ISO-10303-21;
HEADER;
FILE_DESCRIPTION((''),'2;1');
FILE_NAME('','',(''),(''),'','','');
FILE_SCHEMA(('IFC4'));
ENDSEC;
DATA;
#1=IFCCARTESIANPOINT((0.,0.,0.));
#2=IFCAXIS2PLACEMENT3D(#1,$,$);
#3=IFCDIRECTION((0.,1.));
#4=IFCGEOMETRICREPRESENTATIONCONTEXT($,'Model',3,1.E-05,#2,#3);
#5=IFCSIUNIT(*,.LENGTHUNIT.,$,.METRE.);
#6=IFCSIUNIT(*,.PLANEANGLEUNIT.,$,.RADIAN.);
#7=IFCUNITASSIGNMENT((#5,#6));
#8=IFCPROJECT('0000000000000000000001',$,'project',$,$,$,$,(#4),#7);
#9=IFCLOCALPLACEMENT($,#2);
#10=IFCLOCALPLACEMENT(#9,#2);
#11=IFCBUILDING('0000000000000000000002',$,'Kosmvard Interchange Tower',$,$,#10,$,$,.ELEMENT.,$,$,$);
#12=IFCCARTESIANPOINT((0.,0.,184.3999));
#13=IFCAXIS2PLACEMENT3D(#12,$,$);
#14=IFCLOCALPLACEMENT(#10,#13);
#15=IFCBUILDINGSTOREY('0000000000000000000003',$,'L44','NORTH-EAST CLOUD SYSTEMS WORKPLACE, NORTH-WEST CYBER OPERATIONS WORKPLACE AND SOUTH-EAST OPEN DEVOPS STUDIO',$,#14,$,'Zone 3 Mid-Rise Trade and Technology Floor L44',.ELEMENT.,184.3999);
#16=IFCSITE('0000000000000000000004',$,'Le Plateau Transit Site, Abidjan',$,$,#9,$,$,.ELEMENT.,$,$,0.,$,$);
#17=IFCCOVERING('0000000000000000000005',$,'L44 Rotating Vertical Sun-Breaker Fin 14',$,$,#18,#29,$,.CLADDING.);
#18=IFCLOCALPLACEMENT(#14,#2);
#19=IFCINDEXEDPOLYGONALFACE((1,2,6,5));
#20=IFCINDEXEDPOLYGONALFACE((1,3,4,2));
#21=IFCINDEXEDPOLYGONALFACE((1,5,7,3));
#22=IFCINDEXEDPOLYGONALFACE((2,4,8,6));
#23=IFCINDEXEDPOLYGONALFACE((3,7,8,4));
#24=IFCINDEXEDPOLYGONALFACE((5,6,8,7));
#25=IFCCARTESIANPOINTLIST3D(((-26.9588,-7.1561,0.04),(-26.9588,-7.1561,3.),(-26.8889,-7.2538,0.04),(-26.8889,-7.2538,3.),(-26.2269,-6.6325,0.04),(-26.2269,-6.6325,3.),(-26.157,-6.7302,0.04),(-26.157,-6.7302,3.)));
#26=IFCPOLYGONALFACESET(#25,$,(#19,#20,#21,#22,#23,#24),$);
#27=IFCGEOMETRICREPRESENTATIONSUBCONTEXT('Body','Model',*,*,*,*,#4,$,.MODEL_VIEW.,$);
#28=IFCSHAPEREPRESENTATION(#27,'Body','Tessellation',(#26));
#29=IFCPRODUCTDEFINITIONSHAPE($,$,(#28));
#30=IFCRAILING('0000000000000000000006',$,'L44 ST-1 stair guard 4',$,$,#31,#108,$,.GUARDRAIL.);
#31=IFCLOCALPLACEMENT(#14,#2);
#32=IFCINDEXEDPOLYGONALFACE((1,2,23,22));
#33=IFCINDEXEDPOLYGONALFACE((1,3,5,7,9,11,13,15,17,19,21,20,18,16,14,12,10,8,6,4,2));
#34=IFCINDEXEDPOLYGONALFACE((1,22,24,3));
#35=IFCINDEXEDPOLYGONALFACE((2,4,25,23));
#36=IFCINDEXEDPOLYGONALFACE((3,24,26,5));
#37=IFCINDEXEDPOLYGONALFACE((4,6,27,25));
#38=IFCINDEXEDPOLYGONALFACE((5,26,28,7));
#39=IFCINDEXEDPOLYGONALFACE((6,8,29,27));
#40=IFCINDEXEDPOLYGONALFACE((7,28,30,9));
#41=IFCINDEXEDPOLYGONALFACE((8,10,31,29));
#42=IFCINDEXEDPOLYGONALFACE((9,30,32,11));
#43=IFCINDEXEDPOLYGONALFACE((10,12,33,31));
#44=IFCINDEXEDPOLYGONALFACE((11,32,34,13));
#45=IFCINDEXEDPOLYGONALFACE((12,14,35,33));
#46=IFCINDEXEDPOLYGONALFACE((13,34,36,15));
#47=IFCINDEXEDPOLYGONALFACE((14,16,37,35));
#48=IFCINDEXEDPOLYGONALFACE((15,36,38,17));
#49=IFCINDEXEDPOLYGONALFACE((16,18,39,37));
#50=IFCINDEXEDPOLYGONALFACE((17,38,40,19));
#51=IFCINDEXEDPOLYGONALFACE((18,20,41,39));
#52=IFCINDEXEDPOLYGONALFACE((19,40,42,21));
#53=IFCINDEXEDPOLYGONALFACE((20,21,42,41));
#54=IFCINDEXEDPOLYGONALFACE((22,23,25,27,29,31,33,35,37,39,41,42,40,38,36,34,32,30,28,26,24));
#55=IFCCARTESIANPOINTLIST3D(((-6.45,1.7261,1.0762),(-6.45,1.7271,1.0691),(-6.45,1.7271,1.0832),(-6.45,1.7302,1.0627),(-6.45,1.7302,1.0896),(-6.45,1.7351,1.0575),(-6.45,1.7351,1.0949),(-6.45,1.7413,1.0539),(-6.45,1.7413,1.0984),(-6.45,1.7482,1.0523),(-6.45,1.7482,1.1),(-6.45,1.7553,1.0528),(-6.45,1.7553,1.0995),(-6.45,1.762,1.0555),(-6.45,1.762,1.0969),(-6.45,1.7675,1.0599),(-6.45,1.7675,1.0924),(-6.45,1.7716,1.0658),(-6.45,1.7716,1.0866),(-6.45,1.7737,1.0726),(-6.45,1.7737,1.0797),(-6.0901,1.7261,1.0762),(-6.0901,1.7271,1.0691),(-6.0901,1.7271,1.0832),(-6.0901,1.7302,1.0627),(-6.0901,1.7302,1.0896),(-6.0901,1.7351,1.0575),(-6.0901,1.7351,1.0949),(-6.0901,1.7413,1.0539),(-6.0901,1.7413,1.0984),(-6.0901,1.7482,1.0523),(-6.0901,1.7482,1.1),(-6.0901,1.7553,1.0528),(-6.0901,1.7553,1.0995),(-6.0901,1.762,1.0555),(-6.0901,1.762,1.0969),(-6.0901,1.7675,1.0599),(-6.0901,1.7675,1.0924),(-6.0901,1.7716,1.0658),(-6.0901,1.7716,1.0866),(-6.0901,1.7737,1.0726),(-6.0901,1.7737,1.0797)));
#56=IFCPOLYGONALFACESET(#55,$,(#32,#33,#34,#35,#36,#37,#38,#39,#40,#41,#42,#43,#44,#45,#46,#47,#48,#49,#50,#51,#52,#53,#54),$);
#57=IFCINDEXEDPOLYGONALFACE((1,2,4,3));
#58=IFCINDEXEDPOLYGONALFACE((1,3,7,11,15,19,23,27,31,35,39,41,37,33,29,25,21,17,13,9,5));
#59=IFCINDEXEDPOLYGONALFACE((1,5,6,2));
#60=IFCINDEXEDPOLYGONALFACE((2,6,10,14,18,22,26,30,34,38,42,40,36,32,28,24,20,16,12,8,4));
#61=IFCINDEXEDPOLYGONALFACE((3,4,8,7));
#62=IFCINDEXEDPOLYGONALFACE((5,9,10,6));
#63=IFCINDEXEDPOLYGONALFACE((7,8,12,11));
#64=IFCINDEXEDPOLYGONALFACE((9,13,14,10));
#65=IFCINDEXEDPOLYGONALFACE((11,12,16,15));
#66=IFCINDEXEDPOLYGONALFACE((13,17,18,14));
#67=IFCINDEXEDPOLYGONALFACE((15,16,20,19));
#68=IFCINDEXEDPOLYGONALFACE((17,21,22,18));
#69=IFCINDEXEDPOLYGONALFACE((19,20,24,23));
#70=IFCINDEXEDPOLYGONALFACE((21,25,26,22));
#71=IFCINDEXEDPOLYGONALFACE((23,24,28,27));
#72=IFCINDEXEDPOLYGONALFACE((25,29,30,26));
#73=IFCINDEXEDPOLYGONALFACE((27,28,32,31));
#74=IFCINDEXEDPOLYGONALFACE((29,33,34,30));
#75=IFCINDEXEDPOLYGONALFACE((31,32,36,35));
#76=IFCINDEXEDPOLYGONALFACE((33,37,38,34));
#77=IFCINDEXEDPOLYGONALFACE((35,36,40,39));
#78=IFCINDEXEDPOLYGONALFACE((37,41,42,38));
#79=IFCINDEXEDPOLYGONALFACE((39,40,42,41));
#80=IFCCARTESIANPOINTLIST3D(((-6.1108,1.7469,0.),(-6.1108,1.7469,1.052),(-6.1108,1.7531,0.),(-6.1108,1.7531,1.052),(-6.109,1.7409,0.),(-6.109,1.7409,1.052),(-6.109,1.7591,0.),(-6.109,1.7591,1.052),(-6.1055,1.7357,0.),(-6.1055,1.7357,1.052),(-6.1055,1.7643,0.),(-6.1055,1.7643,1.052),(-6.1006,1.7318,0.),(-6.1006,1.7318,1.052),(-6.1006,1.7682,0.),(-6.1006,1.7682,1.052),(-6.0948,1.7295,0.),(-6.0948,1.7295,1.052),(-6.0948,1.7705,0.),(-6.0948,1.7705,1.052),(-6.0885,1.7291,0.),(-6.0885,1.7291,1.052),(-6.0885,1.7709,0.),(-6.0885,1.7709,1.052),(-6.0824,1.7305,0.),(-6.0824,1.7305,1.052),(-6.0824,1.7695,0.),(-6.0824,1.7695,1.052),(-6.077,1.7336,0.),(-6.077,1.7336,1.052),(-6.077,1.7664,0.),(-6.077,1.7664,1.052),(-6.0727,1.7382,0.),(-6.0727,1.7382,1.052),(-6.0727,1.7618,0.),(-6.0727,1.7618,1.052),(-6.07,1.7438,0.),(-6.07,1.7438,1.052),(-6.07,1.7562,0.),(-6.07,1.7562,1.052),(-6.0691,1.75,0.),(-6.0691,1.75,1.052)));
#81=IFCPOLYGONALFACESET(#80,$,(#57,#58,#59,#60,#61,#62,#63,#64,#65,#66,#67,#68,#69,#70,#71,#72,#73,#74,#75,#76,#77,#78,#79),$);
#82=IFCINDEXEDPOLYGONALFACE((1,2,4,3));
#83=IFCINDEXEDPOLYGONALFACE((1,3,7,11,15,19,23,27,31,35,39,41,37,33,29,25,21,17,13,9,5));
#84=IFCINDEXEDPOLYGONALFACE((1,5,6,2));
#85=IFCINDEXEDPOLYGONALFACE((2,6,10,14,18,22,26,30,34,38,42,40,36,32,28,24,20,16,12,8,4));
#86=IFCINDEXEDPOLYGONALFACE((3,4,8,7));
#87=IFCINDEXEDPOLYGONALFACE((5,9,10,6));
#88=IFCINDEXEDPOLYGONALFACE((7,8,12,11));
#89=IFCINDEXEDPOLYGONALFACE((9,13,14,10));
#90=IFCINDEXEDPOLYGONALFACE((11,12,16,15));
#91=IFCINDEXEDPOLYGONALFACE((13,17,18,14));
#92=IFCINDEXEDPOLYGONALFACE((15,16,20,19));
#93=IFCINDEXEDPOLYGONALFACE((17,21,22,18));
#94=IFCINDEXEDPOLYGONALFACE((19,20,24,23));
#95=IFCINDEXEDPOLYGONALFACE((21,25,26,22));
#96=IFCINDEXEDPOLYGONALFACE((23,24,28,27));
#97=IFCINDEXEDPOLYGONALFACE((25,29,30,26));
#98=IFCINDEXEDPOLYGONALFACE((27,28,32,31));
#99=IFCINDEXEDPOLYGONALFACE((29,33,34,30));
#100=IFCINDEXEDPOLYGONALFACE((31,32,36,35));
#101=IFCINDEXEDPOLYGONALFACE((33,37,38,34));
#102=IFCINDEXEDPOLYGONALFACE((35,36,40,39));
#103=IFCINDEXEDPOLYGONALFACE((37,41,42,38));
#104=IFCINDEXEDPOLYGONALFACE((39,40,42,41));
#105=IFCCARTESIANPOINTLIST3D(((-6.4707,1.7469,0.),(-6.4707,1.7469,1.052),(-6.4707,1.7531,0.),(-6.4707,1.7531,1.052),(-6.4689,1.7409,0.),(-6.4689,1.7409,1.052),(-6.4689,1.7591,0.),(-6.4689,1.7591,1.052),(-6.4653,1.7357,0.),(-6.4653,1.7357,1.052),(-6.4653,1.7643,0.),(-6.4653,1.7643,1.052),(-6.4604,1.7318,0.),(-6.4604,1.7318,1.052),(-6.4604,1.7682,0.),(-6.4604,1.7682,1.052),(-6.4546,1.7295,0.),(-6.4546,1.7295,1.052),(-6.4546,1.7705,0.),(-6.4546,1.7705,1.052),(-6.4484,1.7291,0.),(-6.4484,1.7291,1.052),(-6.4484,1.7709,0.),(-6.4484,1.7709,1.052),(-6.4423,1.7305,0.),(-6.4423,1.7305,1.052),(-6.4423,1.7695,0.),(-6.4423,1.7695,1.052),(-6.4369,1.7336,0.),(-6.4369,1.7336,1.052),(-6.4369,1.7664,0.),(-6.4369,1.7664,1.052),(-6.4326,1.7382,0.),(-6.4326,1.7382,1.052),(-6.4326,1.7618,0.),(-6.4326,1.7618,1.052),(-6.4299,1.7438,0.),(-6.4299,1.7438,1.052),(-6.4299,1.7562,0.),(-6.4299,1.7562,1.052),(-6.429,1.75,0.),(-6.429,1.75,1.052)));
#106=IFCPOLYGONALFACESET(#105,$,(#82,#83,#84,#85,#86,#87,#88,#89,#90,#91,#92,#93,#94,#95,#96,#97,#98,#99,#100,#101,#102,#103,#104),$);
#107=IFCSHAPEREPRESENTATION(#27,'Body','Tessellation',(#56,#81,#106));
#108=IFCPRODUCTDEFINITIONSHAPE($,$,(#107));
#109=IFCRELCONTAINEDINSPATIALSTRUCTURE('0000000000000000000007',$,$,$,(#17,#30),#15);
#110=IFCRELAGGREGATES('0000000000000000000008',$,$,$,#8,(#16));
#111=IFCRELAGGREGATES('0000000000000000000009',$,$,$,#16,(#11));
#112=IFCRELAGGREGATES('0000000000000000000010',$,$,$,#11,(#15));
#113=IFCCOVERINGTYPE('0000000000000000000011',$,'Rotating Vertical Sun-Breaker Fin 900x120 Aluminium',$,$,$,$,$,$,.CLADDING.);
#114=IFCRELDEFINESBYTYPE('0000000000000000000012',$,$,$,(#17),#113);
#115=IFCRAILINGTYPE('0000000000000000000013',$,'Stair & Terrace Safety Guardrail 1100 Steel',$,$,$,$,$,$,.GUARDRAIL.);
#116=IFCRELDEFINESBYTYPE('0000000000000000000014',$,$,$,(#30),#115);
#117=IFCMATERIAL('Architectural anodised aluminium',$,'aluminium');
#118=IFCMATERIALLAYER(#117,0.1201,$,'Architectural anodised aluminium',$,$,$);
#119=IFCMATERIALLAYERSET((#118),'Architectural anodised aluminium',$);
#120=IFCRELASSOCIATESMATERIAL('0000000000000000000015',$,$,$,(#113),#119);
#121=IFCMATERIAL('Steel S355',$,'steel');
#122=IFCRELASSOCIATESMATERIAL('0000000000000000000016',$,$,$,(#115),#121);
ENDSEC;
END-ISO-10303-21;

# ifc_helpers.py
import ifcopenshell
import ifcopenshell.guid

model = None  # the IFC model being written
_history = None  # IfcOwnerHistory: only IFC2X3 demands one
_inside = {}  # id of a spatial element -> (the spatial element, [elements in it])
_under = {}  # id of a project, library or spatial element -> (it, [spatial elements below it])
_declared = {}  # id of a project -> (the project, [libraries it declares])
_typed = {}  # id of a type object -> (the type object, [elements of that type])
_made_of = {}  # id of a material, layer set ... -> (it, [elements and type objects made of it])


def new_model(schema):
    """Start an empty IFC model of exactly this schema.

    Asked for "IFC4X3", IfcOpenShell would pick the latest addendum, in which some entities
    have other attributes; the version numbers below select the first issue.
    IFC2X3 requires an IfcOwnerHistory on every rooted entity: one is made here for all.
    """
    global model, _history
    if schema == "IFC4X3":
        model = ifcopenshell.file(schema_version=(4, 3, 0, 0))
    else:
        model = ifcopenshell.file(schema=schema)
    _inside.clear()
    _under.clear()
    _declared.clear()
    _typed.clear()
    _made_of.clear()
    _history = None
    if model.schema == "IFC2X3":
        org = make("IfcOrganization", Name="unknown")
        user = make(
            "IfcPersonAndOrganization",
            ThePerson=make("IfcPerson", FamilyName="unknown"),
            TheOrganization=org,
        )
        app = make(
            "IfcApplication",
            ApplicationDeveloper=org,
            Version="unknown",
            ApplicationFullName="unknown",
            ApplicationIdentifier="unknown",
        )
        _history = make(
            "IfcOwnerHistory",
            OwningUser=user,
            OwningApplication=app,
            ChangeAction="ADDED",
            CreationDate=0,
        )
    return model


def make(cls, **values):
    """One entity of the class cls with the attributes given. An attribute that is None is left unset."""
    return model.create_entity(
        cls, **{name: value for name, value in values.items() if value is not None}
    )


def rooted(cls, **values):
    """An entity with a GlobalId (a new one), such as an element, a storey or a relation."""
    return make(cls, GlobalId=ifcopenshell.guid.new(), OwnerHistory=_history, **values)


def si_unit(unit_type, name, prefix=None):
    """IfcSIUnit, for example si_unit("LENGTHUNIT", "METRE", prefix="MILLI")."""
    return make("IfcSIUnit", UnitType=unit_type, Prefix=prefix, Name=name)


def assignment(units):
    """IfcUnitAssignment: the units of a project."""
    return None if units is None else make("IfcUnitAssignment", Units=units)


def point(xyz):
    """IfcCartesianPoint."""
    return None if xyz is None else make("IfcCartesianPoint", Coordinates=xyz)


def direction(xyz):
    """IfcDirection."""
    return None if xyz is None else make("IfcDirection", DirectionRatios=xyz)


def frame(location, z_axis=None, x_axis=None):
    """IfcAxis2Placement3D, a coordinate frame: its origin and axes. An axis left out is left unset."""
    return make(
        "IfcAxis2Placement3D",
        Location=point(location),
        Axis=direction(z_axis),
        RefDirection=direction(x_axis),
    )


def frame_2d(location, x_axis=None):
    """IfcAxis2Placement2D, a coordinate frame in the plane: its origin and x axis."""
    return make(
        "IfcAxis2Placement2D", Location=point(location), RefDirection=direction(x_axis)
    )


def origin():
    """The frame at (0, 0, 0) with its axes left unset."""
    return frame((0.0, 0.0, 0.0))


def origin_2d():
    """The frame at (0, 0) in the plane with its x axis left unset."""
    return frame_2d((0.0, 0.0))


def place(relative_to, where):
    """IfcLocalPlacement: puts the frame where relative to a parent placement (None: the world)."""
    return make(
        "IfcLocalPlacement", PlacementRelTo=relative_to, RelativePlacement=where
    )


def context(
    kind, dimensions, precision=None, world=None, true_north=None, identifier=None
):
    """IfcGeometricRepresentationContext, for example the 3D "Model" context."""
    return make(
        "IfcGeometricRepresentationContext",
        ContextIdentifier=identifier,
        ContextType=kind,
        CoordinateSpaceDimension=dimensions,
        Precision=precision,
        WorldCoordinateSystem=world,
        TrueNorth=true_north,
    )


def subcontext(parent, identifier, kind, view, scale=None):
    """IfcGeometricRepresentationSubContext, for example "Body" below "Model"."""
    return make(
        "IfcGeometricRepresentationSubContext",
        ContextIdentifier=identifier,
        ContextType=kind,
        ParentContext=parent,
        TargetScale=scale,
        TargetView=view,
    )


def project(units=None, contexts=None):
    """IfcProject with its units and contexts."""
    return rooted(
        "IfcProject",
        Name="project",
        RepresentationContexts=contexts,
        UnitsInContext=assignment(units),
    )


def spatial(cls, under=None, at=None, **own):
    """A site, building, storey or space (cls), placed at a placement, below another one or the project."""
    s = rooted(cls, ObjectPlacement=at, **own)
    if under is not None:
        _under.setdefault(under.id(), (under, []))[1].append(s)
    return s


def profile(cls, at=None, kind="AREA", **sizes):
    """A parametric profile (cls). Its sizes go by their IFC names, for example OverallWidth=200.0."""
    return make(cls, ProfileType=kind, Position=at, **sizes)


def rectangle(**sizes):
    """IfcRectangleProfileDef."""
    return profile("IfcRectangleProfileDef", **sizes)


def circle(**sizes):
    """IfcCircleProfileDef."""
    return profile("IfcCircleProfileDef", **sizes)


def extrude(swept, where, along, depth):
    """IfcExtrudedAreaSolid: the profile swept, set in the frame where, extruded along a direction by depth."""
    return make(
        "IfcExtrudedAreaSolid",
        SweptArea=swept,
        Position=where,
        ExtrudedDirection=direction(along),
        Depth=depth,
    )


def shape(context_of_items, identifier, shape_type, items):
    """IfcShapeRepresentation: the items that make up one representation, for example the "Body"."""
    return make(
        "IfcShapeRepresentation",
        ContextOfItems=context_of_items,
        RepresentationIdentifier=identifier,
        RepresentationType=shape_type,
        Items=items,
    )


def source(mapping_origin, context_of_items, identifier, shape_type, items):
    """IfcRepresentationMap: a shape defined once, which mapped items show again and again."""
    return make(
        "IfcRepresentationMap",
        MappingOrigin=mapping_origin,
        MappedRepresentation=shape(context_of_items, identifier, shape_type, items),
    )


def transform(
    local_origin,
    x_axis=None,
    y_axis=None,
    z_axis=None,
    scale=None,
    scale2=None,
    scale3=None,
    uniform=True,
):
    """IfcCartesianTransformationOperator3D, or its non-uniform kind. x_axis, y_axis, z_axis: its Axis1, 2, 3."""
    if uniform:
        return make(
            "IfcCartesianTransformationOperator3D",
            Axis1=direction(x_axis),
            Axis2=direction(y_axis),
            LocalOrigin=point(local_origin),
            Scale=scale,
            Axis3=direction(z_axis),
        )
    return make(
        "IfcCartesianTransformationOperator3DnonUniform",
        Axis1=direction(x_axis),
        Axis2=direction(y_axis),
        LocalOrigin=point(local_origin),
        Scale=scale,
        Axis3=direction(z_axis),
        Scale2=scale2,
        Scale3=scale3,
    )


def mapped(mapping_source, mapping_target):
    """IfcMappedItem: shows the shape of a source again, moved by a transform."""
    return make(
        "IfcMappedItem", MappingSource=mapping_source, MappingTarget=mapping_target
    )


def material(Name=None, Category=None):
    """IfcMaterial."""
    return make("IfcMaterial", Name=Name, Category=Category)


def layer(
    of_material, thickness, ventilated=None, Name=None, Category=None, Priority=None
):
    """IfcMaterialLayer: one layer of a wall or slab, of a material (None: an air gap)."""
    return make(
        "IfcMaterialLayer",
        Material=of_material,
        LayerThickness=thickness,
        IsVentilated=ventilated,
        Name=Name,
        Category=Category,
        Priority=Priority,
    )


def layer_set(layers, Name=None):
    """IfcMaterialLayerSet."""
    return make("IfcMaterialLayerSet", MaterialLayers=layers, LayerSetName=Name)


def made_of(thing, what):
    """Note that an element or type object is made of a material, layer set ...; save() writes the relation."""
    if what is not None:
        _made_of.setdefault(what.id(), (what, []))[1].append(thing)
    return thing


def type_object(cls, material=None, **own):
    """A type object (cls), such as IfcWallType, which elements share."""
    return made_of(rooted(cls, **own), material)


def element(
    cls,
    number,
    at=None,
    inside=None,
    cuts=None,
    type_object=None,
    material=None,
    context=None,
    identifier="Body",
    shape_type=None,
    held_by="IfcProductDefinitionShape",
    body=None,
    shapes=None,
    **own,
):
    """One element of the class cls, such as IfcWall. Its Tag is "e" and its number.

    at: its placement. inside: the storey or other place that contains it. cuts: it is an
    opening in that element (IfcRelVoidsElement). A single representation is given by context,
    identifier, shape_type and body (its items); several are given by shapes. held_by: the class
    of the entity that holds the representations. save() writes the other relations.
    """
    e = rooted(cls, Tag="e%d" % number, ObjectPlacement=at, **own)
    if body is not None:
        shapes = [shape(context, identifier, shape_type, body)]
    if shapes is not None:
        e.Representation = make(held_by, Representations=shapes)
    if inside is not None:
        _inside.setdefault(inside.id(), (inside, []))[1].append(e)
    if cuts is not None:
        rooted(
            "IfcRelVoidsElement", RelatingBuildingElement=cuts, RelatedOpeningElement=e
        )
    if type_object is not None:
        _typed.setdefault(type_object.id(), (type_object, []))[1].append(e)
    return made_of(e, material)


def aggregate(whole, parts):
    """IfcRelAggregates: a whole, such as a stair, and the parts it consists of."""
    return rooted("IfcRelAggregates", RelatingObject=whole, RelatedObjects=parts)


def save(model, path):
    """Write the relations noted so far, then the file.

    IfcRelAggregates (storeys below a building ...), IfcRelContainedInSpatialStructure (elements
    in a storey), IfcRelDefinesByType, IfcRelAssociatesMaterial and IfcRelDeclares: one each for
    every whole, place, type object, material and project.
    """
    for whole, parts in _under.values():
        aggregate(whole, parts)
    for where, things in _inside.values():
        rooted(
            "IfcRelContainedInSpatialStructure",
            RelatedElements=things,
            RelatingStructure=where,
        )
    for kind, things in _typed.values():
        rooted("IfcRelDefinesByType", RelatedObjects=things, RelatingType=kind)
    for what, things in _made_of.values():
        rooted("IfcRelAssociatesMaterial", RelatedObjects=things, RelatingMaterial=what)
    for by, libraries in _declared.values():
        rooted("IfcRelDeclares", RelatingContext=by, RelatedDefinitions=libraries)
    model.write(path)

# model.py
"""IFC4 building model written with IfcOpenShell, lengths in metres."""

from ifc_helpers import new_model, si_unit, direction, frame, origin, origin_2d, place, context, subcontext, project, spatial, rectangle, circle, extrude, source, transform, mapped, material, layer, layer_set, type_object, element, save


model = new_model("IFC4")

# Units and contexts
model_context = context("Model", 3, precision=1e-05, world=origin(), true_north=direction((0.0, 1.0)))
body_context = subcontext(model_context, "Body", "Model", "MODEL_VIEW")
ifc_project = project(units=[si_unit("LENGTHUNIT", "METRE"), si_unit("PLANEANGLEUNIT", "RADIAN")], contexts=[model_context])

# Site, building, storey
site_placement = place(None, origin())
site = spatial("IfcSite", under=ifc_project, at=site_placement, Name="Le Plateau Transit Site, Abidjan", CompositionType="ELEMENT", RefElevation=0.0)
building_placement = place(site_placement, origin())
building = spatial("IfcBuilding", under=site, at=building_placement, Name="Kosmvard Interchange Tower", CompositionType="ELEMENT")
storey_placement = place(building_placement, frame((0.0, 0.0, 184.3999)))
storey = spatial("IfcBuildingStorey", under=building, at=storey_placement, Name="L44", Description="NORTH-EAST CLOUD SYSTEMS WORKPLACE, NORTH-WEST CYBER OPERATIONS WORKPLACE AND SOUTH-EAST OPEN DEVOPS STUDIO", LongName="Zone 3 Mid-Rise Trade and Technology Floor L44", CompositionType="ELEMENT", Elevation=184.3999)

# Shared definitions
ifc_material_1 = material(Name="Steel S355", Category="steel")

# Covering
ifc_material_2 = material(Name="Architectural anodised aluminium", Category="aluminium")
ifc_layer_1 = layer(ifc_material_2, 0.1201, Name="Architectural anodised aluminium")
ifc_layer_set_1 = layer_set([ifc_layer_1], Name="Architectural anodised aluminium")
covering_type = type_object("IfcCoveringType", Name="Rotating Vertical Sun-Breaker Fin 900x120 Aluminium", PredefinedType="CLADDING", material=ifc_layer_set_1)
shared_shape_1 = source(origin(), body_context, "Body", "SweptSolid", [
    extrude(rectangle(XDim=0.8999, YDim=0.1201, at=origin_2d()), origin(), (0.0, 0.0, 1.0), 2.96),
])
for number, where, z_axis, x_axis, name in (
    (1, (-26.5579, -6.9431, 0.04), (0.0, 0.0, 1.0), (-0.813304, -0.581839, 0.0), "L44 Rotating Vertical Sun-Breaker Fin 14"),
):
    element("IfcCovering", number, at=place(storey_placement, frame(where, z_axis=z_axis, x_axis=x_axis)), inside=storey, type_object=covering_type, Name=name, PredefinedType="CLADDING", context=body_context, shape_type="MappedRepresentation", body=[
        mapped(shared_shape_1, transform((0.0, 0.0, 0.0), scale=1.0)),
    ])

# Railing
railing_type = type_object("IfcRailingType", Name="Stair & Terrace Safety Guardrail 1100 Steel", PredefinedType="GUARDRAIL", material=ifc_material_1)
shared_shape_2 = source(origin(), body_context, "Body", "SweptSolid", [
    extrude(circle(Radius=0.0239, at=origin_2d()), frame((0.0, 0.0, 1.0762), z_axis=(-1.0, 0.0, 0.0), x_axis=(0.0, -1.0, 0.0)), (0.0, 0.0, 1.0), 0.3599),
    extrude(circle(Radius=0.021, at=origin_2d()), origin(), (0.0, 0.0, 1.0), 1.052),
    extrude(circle(Radius=0.021, at=origin_2d()), frame((-0.3599, 0.0, 0.0)), (0.0, 0.0, 1.0), 1.052),
])
railing_1_placement = place(storey_placement, frame((-6.0901, 1.75, 0.0)))
element("IfcRailing", 2, at=railing_1_placement, inside=storey, type_object=railing_type, Name="L44 ST-1 stair guard 4", PredefinedType="GUARDRAIL", context=body_context, shape_type="MappedRepresentation", body=[
    mapped(shared_shape_2, transform((0.0, 0.0, 0.0), scale=1.0)),
])

save(model, "model.ifc")
